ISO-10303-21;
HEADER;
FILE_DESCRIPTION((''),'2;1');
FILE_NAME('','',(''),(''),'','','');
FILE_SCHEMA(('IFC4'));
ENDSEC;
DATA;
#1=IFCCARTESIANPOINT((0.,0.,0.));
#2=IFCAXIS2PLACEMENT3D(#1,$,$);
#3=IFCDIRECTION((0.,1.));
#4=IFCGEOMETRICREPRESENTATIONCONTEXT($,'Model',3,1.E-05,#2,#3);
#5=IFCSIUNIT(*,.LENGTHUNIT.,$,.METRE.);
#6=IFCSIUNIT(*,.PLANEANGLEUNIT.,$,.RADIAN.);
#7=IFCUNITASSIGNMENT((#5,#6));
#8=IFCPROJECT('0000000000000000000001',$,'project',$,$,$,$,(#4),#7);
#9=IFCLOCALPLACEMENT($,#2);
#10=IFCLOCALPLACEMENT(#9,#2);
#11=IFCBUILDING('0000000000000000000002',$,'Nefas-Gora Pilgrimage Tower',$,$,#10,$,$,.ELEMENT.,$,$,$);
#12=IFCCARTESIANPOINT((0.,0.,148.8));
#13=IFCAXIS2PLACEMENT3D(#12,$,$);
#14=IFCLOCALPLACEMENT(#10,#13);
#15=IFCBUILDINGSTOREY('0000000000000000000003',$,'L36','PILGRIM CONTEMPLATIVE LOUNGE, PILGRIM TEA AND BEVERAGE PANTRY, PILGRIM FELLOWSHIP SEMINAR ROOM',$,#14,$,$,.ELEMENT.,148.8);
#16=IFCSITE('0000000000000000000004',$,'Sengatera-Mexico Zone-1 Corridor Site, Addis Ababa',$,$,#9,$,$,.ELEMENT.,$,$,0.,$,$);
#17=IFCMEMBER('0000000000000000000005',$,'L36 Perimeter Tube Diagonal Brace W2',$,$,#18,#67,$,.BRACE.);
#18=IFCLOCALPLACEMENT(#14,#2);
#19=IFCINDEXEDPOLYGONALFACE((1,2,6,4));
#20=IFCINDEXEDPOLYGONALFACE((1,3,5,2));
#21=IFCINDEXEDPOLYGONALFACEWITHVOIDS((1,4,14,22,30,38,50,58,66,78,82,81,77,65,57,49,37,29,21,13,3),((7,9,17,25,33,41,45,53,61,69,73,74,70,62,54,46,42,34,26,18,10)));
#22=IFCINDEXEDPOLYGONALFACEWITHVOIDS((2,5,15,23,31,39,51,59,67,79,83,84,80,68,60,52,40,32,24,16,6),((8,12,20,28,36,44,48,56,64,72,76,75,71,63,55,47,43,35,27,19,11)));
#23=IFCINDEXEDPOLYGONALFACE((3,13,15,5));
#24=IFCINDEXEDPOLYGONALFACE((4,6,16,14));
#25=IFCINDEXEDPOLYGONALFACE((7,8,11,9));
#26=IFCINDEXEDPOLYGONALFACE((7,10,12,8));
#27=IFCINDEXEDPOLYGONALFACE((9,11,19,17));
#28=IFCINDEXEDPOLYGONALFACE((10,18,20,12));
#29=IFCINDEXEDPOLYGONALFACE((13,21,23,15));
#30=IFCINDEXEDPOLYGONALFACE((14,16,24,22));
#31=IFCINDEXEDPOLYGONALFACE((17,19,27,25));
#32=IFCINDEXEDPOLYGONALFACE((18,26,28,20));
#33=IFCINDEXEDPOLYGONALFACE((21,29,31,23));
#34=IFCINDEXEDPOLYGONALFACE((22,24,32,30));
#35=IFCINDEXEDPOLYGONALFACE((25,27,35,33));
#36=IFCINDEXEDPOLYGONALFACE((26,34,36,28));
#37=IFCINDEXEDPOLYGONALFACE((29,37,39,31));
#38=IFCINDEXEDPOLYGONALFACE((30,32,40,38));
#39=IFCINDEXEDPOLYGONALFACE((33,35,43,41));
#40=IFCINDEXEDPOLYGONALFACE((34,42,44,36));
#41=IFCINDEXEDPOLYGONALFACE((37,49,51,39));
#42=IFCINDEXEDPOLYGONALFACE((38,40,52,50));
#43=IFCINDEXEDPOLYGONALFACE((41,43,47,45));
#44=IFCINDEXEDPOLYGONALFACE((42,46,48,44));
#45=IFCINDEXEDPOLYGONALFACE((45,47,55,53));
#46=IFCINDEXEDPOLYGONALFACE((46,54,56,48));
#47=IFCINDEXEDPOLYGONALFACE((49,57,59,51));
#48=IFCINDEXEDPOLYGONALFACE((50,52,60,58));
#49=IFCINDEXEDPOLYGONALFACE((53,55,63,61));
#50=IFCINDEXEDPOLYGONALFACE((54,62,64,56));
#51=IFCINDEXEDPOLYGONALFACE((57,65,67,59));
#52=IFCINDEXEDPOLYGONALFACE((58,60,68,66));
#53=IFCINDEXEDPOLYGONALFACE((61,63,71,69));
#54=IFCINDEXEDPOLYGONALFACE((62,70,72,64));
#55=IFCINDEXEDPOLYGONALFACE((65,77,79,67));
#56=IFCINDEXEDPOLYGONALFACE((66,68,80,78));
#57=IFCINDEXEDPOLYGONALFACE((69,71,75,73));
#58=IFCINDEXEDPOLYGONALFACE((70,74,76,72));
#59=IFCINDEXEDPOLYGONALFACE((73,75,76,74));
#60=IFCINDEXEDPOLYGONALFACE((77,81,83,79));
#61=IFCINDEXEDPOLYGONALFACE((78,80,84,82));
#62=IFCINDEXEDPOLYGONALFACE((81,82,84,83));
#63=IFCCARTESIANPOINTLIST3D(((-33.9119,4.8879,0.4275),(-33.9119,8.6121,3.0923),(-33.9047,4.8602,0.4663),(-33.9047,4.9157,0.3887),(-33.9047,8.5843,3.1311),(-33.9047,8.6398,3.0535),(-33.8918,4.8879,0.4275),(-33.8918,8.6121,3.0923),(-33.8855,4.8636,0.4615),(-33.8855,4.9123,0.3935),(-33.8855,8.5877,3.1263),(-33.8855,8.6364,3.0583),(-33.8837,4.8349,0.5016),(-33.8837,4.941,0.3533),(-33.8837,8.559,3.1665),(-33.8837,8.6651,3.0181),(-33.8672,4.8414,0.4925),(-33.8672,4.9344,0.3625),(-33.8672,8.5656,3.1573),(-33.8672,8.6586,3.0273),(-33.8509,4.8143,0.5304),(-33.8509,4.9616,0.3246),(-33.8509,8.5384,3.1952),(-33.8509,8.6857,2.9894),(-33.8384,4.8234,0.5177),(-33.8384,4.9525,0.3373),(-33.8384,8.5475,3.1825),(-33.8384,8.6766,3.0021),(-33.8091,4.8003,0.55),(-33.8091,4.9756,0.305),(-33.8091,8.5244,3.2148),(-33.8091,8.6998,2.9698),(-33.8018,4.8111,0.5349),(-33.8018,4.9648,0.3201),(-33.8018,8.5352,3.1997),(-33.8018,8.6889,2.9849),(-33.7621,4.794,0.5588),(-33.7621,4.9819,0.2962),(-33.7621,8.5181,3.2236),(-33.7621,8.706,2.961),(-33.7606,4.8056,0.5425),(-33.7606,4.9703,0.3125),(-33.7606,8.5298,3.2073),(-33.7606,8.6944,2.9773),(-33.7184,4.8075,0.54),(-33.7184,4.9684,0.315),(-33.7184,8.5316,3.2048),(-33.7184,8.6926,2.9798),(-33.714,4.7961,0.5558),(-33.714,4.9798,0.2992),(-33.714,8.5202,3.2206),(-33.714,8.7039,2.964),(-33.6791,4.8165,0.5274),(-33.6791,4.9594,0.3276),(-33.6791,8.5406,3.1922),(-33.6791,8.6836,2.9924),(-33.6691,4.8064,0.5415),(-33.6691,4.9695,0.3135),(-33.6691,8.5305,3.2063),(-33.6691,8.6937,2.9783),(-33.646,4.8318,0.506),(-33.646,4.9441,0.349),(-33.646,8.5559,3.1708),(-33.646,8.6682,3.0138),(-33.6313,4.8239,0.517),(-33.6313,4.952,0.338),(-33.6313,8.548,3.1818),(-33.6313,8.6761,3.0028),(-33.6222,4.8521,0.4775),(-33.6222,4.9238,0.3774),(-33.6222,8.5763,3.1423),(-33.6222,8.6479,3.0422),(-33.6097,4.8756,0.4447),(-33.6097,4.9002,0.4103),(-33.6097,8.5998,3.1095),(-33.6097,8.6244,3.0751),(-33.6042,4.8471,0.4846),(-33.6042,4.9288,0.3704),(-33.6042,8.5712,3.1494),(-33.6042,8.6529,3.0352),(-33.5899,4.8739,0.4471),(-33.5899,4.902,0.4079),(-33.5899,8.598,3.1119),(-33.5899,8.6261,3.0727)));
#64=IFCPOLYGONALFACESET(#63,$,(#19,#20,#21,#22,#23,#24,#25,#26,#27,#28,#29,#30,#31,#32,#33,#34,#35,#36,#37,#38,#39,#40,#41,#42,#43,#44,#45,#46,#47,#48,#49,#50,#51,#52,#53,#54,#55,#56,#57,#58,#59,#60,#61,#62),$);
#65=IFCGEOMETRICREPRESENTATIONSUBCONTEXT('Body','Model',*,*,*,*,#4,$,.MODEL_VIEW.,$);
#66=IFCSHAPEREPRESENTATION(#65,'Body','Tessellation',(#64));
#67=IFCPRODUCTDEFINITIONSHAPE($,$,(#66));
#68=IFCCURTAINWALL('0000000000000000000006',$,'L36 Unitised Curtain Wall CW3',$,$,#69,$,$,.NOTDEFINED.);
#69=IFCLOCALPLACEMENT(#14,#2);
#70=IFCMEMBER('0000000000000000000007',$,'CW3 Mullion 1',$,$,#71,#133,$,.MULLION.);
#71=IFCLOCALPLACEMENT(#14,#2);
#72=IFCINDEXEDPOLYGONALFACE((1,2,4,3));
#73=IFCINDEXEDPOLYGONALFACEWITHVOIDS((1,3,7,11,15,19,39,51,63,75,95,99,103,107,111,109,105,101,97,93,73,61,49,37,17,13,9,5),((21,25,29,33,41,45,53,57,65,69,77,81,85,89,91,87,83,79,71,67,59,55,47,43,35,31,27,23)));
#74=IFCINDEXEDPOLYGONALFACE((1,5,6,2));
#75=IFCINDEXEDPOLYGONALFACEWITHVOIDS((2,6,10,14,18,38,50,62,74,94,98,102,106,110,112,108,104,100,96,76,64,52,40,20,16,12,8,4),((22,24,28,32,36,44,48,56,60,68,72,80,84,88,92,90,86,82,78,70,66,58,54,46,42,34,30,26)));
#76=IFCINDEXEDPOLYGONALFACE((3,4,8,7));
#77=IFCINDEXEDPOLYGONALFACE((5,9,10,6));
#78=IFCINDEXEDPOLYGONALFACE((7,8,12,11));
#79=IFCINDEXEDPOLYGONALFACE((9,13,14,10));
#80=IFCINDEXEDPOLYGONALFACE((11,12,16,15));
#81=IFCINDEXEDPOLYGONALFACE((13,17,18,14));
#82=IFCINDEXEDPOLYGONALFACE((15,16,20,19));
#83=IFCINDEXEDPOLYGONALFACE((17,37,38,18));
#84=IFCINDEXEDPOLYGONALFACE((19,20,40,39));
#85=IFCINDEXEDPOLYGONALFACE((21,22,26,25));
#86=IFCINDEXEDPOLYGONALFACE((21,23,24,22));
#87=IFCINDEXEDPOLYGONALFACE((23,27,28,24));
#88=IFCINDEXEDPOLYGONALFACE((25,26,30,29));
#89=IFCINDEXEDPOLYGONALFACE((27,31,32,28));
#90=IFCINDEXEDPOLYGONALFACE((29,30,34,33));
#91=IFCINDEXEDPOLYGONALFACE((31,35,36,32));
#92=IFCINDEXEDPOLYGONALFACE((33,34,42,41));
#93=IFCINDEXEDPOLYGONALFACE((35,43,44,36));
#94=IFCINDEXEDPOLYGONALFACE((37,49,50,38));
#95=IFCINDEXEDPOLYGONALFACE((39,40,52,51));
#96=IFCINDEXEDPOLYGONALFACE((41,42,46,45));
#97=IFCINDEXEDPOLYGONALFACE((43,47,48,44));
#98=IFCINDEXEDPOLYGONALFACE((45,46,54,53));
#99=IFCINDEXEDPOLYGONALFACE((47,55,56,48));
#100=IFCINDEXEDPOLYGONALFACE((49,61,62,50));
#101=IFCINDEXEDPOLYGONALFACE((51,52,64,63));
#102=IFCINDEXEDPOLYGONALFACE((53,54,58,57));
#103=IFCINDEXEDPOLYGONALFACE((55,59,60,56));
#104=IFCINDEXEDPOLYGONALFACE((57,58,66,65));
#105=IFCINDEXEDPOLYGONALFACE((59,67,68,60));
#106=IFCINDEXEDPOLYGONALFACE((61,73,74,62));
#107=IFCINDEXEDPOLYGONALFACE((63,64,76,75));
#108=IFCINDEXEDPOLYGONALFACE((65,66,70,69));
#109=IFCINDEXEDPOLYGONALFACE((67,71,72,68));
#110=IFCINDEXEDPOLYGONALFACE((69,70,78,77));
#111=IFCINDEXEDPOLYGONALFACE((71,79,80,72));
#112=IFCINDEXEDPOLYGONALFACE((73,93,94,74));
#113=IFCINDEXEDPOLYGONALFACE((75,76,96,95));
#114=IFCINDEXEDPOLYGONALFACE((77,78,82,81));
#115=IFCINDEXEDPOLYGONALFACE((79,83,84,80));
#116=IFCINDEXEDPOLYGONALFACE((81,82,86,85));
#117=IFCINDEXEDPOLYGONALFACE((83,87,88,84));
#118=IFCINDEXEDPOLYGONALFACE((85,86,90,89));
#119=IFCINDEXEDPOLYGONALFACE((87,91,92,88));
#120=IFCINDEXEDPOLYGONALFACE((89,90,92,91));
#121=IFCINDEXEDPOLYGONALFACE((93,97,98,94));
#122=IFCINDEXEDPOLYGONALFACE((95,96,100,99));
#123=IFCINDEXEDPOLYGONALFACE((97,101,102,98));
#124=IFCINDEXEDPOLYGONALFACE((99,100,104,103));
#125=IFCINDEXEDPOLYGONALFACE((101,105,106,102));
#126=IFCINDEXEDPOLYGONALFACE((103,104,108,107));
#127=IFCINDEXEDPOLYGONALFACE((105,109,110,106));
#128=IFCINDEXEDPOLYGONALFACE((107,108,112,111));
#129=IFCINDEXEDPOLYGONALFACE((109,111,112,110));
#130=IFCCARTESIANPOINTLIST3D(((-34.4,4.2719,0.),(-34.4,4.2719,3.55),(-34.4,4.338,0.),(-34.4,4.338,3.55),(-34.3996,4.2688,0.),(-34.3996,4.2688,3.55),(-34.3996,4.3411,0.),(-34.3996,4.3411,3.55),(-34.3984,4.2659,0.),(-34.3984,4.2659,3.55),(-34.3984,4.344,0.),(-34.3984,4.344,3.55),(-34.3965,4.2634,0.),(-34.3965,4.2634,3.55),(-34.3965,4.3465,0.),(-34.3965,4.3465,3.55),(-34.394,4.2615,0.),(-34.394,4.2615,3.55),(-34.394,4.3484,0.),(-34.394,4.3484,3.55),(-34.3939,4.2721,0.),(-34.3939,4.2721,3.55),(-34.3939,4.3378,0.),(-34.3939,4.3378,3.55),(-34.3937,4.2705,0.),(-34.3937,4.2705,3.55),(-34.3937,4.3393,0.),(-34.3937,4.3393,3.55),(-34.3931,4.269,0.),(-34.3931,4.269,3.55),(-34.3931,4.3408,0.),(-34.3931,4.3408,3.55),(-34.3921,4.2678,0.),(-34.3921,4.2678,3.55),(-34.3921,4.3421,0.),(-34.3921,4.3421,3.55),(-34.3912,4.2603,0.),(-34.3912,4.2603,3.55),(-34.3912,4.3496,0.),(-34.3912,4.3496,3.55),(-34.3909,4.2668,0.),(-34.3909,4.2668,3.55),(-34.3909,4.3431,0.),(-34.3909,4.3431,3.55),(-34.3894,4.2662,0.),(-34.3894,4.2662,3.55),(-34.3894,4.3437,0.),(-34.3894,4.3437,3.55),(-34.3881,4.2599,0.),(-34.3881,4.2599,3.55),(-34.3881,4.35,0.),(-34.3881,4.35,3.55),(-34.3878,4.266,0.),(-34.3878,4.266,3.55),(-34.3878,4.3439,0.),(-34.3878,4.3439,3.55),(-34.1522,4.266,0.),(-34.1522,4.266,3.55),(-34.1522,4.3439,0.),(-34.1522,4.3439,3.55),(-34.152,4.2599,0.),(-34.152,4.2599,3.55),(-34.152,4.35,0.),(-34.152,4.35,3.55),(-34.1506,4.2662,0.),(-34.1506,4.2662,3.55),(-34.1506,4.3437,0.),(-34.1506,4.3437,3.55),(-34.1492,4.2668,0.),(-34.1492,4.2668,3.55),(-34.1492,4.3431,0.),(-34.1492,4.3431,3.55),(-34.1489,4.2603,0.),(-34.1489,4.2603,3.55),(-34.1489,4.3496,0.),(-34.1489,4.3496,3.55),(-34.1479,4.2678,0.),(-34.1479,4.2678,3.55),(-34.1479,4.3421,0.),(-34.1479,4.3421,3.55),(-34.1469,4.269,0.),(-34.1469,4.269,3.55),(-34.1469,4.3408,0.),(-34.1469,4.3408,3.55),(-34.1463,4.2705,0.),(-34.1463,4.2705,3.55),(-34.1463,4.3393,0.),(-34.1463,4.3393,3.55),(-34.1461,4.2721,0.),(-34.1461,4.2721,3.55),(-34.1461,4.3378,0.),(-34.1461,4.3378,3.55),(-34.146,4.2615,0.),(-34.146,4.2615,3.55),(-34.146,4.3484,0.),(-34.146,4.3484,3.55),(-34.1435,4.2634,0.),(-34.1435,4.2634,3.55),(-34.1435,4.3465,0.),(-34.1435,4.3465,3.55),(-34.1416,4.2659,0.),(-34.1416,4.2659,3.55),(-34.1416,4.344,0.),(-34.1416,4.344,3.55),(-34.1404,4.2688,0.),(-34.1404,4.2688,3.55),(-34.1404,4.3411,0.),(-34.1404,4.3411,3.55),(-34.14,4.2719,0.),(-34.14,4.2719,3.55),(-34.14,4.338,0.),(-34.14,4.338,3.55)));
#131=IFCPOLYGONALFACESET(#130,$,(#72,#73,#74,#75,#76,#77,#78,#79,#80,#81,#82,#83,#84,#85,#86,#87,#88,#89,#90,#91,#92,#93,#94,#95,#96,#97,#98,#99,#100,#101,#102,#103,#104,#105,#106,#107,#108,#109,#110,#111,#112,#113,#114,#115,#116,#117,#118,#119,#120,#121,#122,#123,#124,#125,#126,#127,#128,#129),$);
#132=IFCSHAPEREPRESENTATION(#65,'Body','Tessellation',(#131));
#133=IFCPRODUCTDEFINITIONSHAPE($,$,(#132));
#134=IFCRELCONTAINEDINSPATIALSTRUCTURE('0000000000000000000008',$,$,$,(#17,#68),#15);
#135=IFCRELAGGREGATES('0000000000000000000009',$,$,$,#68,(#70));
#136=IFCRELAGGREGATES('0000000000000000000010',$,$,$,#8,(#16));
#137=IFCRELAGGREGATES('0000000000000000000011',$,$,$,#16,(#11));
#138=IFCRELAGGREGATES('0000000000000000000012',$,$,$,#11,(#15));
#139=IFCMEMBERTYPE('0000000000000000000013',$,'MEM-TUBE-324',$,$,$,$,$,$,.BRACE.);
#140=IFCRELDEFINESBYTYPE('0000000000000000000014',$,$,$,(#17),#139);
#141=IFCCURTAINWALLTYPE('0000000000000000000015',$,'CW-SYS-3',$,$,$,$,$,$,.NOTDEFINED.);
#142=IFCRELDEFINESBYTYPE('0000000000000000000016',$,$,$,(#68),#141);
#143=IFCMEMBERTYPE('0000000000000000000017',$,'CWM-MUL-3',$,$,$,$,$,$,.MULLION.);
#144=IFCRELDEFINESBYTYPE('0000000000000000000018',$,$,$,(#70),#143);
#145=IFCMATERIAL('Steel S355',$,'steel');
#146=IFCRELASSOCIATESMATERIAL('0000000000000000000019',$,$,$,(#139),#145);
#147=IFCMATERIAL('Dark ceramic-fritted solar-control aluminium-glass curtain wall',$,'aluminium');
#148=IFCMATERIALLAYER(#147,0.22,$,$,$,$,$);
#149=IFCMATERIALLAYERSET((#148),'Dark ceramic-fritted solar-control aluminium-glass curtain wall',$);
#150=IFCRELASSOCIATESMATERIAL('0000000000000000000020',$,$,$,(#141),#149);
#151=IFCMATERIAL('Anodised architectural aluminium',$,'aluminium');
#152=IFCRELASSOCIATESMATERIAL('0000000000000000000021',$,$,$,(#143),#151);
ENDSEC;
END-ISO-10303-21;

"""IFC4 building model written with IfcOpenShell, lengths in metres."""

from ifc_helpers import new_model, si_unit, direction, frame, origin, origin_2d, place, context, subcontext, project, spatial, hollow_rectangle, hollow_circle, extrude, source, transform, mapped, material, layer, layer_set, material_profile, profile_set, type_object, element, aggregate, save


model = new_model("IFC4")

# Units and contexts
model_context = context("Model", 3, precision=1e-05, world=origin(), true_north=direction((0.0, 1.0)))
body_context = subcontext(model_context, "Body", "Model", "MODEL_VIEW")
ifc_project = project(units=[si_unit("LENGTHUNIT", "METRE"), si_unit("PLANEANGLEUNIT", "RADIAN")], contexts=[model_context])

# Site, building, storey
site_placement = place(None, origin())
site = spatial("IfcSite", under=ifc_project, at=site_placement, Name="Sengatera-Mexico Zone-1 Corridor Site, Addis Ababa", CompositionType="ELEMENT", RefElevation=0.0)
building_placement = place(site_placement, origin())
building = spatial("IfcBuilding", under=site, at=building_placement, Name="Nefas-Gora Pilgrimage Tower", CompositionType="ELEMENT")
storey_placement = place(building_placement, frame((0.0, 0.0, 148.8)))
storey = spatial("IfcBuildingStorey", under=building, at=storey_placement, Name="L36", Description="PILGRIM CONTEMPLATIVE LOUNGE, PILGRIM TEA AND BEVERAGE PANTRY, PILGRIM FELLOWSHIP SEMINAR ROOM", CompositionType="ELEMENT", Elevation=148.8)

# Shared definitions
ifc_material_1 = material(Name="Steel S355", Category="steel")

# Member
ifc_material_profile_1 = material_profile(ifc_material_1, hollow_circle(Radius=0.1619, WallThickness=0.02, at=origin_2d()), Name="CHS 323.9x20")
ifc_profile_set_1 = profile_set([ifc_material_profile_1], Name="Steel S355")
member_type_1 = type_object("IfcMemberType", Name="MEM-TUBE-324", PredefinedType="BRACE", material=ifc_profile_set_1)
shared_shape_1 = source(origin(), body_context, "Body", "SweptSolid", [
    extrude(hollow_circle(Radius=0.1619, WallThickness=0.02, at=origin_2d()), origin(), (0.0, 0.0, 1.0), 4.5793),
])
member_1_placement = place(storey_placement, frame((-33.75, 4.8879, 0.4275), z_axis=(0.0, 0.813247, 0.581919), x_axis=(-1.0, 0.0, 0.0)))
element("IfcMember", 1, at=member_1_placement, inside=storey, type_object=member_type_1, Name="L36 Perimeter Tube Diagonal Brace W2", PredefinedType="BRACE", context=body_context, shape_type="MappedRepresentation", body=[
    mapped(shared_shape_1, transform((0.0, 0.0, 0.0), x_axis=(1.0, 0.0, 0.0), y_axis=(0.0, 1.0, 0.0), z_axis=(0.0, 0.0, 1.0), scale=1.0)),
])

# Curtain wall, member
ifc_material_2 = material(Name="Dark ceramic-fritted solar-control aluminium-glass curtain wall", Category="aluminium")
ifc_layer_1 = layer(ifc_material_2, 0.22)
ifc_layer_set_1 = layer_set([ifc_layer_1], Name="Dark ceramic-fritted solar-control aluminium-glass curtain wall")
curtain_wall_type = type_object("IfcCurtainWallType", Name="CW-SYS-3", PredefinedType="NOTDEFINED", material=ifc_layer_set_1)
curtain_wall_placement = place(storey_placement, origin())
curtain_wall = element("IfcCurtainWall", 2, at=curtain_wall_placement, inside=storey, type_object=curtain_wall_type, Name="L36 Unitised Curtain Wall CW3", PredefinedType="NOTDEFINED")
ifc_material_3 = material(Name="Anodised architectural aluminium", Category="aluminium")
ifc_material_profile_2 = material_profile(ifc_material_3, hollow_rectangle(XDim=0.0901, YDim=0.26, WallThickness=0.0061, InnerFilletRadius=0.0061, OuterFilletRadius=0.012, at=origin_2d()), Name="ALU MULLION 90x260")
ifc_profile_set_2 = profile_set([ifc_material_profile_2], Name="Anodised architectural aluminium")
member_type_2 = type_object("IfcMemberType", Name="CWM-MUL-3", PredefinedType="MULLION", material=ifc_profile_set_2)
shared_shape_2 = source(origin(), body_context, "Body", "SweptSolid", [
    extrude(hollow_rectangle(XDim=0.0901, YDim=0.26, WallThickness=0.0061, InnerFilletRadius=0.0061, OuterFilletRadius=0.012, at=origin_2d()), origin(), (0.0, 0.0, 1.0), 3.55),
])
member_2_placement = place(storey_placement, frame((-34.27, 4.3049, 0.0), z_axis=(0.0, 0.0, 1.0), x_axis=(0.0, -1.0, 0.0)))
member_2 = element("IfcMember", 3, at=member_2_placement, type_object=member_type_2, Name="CW3 Mullion 1", PredefinedType="MULLION", context=body_context, shape_type="MappedRepresentation", body=[
    mapped(shared_shape_2, transform((0.0, 0.0, 0.0), x_axis=(1.0, 0.0, 0.0), y_axis=(0.0, 1.0, 0.0), z_axis=(0.0, 0.0, 1.0), scale=1.0)),
])
aggregate(curtain_wall, [member_2])

save(model, "model.ifc")
